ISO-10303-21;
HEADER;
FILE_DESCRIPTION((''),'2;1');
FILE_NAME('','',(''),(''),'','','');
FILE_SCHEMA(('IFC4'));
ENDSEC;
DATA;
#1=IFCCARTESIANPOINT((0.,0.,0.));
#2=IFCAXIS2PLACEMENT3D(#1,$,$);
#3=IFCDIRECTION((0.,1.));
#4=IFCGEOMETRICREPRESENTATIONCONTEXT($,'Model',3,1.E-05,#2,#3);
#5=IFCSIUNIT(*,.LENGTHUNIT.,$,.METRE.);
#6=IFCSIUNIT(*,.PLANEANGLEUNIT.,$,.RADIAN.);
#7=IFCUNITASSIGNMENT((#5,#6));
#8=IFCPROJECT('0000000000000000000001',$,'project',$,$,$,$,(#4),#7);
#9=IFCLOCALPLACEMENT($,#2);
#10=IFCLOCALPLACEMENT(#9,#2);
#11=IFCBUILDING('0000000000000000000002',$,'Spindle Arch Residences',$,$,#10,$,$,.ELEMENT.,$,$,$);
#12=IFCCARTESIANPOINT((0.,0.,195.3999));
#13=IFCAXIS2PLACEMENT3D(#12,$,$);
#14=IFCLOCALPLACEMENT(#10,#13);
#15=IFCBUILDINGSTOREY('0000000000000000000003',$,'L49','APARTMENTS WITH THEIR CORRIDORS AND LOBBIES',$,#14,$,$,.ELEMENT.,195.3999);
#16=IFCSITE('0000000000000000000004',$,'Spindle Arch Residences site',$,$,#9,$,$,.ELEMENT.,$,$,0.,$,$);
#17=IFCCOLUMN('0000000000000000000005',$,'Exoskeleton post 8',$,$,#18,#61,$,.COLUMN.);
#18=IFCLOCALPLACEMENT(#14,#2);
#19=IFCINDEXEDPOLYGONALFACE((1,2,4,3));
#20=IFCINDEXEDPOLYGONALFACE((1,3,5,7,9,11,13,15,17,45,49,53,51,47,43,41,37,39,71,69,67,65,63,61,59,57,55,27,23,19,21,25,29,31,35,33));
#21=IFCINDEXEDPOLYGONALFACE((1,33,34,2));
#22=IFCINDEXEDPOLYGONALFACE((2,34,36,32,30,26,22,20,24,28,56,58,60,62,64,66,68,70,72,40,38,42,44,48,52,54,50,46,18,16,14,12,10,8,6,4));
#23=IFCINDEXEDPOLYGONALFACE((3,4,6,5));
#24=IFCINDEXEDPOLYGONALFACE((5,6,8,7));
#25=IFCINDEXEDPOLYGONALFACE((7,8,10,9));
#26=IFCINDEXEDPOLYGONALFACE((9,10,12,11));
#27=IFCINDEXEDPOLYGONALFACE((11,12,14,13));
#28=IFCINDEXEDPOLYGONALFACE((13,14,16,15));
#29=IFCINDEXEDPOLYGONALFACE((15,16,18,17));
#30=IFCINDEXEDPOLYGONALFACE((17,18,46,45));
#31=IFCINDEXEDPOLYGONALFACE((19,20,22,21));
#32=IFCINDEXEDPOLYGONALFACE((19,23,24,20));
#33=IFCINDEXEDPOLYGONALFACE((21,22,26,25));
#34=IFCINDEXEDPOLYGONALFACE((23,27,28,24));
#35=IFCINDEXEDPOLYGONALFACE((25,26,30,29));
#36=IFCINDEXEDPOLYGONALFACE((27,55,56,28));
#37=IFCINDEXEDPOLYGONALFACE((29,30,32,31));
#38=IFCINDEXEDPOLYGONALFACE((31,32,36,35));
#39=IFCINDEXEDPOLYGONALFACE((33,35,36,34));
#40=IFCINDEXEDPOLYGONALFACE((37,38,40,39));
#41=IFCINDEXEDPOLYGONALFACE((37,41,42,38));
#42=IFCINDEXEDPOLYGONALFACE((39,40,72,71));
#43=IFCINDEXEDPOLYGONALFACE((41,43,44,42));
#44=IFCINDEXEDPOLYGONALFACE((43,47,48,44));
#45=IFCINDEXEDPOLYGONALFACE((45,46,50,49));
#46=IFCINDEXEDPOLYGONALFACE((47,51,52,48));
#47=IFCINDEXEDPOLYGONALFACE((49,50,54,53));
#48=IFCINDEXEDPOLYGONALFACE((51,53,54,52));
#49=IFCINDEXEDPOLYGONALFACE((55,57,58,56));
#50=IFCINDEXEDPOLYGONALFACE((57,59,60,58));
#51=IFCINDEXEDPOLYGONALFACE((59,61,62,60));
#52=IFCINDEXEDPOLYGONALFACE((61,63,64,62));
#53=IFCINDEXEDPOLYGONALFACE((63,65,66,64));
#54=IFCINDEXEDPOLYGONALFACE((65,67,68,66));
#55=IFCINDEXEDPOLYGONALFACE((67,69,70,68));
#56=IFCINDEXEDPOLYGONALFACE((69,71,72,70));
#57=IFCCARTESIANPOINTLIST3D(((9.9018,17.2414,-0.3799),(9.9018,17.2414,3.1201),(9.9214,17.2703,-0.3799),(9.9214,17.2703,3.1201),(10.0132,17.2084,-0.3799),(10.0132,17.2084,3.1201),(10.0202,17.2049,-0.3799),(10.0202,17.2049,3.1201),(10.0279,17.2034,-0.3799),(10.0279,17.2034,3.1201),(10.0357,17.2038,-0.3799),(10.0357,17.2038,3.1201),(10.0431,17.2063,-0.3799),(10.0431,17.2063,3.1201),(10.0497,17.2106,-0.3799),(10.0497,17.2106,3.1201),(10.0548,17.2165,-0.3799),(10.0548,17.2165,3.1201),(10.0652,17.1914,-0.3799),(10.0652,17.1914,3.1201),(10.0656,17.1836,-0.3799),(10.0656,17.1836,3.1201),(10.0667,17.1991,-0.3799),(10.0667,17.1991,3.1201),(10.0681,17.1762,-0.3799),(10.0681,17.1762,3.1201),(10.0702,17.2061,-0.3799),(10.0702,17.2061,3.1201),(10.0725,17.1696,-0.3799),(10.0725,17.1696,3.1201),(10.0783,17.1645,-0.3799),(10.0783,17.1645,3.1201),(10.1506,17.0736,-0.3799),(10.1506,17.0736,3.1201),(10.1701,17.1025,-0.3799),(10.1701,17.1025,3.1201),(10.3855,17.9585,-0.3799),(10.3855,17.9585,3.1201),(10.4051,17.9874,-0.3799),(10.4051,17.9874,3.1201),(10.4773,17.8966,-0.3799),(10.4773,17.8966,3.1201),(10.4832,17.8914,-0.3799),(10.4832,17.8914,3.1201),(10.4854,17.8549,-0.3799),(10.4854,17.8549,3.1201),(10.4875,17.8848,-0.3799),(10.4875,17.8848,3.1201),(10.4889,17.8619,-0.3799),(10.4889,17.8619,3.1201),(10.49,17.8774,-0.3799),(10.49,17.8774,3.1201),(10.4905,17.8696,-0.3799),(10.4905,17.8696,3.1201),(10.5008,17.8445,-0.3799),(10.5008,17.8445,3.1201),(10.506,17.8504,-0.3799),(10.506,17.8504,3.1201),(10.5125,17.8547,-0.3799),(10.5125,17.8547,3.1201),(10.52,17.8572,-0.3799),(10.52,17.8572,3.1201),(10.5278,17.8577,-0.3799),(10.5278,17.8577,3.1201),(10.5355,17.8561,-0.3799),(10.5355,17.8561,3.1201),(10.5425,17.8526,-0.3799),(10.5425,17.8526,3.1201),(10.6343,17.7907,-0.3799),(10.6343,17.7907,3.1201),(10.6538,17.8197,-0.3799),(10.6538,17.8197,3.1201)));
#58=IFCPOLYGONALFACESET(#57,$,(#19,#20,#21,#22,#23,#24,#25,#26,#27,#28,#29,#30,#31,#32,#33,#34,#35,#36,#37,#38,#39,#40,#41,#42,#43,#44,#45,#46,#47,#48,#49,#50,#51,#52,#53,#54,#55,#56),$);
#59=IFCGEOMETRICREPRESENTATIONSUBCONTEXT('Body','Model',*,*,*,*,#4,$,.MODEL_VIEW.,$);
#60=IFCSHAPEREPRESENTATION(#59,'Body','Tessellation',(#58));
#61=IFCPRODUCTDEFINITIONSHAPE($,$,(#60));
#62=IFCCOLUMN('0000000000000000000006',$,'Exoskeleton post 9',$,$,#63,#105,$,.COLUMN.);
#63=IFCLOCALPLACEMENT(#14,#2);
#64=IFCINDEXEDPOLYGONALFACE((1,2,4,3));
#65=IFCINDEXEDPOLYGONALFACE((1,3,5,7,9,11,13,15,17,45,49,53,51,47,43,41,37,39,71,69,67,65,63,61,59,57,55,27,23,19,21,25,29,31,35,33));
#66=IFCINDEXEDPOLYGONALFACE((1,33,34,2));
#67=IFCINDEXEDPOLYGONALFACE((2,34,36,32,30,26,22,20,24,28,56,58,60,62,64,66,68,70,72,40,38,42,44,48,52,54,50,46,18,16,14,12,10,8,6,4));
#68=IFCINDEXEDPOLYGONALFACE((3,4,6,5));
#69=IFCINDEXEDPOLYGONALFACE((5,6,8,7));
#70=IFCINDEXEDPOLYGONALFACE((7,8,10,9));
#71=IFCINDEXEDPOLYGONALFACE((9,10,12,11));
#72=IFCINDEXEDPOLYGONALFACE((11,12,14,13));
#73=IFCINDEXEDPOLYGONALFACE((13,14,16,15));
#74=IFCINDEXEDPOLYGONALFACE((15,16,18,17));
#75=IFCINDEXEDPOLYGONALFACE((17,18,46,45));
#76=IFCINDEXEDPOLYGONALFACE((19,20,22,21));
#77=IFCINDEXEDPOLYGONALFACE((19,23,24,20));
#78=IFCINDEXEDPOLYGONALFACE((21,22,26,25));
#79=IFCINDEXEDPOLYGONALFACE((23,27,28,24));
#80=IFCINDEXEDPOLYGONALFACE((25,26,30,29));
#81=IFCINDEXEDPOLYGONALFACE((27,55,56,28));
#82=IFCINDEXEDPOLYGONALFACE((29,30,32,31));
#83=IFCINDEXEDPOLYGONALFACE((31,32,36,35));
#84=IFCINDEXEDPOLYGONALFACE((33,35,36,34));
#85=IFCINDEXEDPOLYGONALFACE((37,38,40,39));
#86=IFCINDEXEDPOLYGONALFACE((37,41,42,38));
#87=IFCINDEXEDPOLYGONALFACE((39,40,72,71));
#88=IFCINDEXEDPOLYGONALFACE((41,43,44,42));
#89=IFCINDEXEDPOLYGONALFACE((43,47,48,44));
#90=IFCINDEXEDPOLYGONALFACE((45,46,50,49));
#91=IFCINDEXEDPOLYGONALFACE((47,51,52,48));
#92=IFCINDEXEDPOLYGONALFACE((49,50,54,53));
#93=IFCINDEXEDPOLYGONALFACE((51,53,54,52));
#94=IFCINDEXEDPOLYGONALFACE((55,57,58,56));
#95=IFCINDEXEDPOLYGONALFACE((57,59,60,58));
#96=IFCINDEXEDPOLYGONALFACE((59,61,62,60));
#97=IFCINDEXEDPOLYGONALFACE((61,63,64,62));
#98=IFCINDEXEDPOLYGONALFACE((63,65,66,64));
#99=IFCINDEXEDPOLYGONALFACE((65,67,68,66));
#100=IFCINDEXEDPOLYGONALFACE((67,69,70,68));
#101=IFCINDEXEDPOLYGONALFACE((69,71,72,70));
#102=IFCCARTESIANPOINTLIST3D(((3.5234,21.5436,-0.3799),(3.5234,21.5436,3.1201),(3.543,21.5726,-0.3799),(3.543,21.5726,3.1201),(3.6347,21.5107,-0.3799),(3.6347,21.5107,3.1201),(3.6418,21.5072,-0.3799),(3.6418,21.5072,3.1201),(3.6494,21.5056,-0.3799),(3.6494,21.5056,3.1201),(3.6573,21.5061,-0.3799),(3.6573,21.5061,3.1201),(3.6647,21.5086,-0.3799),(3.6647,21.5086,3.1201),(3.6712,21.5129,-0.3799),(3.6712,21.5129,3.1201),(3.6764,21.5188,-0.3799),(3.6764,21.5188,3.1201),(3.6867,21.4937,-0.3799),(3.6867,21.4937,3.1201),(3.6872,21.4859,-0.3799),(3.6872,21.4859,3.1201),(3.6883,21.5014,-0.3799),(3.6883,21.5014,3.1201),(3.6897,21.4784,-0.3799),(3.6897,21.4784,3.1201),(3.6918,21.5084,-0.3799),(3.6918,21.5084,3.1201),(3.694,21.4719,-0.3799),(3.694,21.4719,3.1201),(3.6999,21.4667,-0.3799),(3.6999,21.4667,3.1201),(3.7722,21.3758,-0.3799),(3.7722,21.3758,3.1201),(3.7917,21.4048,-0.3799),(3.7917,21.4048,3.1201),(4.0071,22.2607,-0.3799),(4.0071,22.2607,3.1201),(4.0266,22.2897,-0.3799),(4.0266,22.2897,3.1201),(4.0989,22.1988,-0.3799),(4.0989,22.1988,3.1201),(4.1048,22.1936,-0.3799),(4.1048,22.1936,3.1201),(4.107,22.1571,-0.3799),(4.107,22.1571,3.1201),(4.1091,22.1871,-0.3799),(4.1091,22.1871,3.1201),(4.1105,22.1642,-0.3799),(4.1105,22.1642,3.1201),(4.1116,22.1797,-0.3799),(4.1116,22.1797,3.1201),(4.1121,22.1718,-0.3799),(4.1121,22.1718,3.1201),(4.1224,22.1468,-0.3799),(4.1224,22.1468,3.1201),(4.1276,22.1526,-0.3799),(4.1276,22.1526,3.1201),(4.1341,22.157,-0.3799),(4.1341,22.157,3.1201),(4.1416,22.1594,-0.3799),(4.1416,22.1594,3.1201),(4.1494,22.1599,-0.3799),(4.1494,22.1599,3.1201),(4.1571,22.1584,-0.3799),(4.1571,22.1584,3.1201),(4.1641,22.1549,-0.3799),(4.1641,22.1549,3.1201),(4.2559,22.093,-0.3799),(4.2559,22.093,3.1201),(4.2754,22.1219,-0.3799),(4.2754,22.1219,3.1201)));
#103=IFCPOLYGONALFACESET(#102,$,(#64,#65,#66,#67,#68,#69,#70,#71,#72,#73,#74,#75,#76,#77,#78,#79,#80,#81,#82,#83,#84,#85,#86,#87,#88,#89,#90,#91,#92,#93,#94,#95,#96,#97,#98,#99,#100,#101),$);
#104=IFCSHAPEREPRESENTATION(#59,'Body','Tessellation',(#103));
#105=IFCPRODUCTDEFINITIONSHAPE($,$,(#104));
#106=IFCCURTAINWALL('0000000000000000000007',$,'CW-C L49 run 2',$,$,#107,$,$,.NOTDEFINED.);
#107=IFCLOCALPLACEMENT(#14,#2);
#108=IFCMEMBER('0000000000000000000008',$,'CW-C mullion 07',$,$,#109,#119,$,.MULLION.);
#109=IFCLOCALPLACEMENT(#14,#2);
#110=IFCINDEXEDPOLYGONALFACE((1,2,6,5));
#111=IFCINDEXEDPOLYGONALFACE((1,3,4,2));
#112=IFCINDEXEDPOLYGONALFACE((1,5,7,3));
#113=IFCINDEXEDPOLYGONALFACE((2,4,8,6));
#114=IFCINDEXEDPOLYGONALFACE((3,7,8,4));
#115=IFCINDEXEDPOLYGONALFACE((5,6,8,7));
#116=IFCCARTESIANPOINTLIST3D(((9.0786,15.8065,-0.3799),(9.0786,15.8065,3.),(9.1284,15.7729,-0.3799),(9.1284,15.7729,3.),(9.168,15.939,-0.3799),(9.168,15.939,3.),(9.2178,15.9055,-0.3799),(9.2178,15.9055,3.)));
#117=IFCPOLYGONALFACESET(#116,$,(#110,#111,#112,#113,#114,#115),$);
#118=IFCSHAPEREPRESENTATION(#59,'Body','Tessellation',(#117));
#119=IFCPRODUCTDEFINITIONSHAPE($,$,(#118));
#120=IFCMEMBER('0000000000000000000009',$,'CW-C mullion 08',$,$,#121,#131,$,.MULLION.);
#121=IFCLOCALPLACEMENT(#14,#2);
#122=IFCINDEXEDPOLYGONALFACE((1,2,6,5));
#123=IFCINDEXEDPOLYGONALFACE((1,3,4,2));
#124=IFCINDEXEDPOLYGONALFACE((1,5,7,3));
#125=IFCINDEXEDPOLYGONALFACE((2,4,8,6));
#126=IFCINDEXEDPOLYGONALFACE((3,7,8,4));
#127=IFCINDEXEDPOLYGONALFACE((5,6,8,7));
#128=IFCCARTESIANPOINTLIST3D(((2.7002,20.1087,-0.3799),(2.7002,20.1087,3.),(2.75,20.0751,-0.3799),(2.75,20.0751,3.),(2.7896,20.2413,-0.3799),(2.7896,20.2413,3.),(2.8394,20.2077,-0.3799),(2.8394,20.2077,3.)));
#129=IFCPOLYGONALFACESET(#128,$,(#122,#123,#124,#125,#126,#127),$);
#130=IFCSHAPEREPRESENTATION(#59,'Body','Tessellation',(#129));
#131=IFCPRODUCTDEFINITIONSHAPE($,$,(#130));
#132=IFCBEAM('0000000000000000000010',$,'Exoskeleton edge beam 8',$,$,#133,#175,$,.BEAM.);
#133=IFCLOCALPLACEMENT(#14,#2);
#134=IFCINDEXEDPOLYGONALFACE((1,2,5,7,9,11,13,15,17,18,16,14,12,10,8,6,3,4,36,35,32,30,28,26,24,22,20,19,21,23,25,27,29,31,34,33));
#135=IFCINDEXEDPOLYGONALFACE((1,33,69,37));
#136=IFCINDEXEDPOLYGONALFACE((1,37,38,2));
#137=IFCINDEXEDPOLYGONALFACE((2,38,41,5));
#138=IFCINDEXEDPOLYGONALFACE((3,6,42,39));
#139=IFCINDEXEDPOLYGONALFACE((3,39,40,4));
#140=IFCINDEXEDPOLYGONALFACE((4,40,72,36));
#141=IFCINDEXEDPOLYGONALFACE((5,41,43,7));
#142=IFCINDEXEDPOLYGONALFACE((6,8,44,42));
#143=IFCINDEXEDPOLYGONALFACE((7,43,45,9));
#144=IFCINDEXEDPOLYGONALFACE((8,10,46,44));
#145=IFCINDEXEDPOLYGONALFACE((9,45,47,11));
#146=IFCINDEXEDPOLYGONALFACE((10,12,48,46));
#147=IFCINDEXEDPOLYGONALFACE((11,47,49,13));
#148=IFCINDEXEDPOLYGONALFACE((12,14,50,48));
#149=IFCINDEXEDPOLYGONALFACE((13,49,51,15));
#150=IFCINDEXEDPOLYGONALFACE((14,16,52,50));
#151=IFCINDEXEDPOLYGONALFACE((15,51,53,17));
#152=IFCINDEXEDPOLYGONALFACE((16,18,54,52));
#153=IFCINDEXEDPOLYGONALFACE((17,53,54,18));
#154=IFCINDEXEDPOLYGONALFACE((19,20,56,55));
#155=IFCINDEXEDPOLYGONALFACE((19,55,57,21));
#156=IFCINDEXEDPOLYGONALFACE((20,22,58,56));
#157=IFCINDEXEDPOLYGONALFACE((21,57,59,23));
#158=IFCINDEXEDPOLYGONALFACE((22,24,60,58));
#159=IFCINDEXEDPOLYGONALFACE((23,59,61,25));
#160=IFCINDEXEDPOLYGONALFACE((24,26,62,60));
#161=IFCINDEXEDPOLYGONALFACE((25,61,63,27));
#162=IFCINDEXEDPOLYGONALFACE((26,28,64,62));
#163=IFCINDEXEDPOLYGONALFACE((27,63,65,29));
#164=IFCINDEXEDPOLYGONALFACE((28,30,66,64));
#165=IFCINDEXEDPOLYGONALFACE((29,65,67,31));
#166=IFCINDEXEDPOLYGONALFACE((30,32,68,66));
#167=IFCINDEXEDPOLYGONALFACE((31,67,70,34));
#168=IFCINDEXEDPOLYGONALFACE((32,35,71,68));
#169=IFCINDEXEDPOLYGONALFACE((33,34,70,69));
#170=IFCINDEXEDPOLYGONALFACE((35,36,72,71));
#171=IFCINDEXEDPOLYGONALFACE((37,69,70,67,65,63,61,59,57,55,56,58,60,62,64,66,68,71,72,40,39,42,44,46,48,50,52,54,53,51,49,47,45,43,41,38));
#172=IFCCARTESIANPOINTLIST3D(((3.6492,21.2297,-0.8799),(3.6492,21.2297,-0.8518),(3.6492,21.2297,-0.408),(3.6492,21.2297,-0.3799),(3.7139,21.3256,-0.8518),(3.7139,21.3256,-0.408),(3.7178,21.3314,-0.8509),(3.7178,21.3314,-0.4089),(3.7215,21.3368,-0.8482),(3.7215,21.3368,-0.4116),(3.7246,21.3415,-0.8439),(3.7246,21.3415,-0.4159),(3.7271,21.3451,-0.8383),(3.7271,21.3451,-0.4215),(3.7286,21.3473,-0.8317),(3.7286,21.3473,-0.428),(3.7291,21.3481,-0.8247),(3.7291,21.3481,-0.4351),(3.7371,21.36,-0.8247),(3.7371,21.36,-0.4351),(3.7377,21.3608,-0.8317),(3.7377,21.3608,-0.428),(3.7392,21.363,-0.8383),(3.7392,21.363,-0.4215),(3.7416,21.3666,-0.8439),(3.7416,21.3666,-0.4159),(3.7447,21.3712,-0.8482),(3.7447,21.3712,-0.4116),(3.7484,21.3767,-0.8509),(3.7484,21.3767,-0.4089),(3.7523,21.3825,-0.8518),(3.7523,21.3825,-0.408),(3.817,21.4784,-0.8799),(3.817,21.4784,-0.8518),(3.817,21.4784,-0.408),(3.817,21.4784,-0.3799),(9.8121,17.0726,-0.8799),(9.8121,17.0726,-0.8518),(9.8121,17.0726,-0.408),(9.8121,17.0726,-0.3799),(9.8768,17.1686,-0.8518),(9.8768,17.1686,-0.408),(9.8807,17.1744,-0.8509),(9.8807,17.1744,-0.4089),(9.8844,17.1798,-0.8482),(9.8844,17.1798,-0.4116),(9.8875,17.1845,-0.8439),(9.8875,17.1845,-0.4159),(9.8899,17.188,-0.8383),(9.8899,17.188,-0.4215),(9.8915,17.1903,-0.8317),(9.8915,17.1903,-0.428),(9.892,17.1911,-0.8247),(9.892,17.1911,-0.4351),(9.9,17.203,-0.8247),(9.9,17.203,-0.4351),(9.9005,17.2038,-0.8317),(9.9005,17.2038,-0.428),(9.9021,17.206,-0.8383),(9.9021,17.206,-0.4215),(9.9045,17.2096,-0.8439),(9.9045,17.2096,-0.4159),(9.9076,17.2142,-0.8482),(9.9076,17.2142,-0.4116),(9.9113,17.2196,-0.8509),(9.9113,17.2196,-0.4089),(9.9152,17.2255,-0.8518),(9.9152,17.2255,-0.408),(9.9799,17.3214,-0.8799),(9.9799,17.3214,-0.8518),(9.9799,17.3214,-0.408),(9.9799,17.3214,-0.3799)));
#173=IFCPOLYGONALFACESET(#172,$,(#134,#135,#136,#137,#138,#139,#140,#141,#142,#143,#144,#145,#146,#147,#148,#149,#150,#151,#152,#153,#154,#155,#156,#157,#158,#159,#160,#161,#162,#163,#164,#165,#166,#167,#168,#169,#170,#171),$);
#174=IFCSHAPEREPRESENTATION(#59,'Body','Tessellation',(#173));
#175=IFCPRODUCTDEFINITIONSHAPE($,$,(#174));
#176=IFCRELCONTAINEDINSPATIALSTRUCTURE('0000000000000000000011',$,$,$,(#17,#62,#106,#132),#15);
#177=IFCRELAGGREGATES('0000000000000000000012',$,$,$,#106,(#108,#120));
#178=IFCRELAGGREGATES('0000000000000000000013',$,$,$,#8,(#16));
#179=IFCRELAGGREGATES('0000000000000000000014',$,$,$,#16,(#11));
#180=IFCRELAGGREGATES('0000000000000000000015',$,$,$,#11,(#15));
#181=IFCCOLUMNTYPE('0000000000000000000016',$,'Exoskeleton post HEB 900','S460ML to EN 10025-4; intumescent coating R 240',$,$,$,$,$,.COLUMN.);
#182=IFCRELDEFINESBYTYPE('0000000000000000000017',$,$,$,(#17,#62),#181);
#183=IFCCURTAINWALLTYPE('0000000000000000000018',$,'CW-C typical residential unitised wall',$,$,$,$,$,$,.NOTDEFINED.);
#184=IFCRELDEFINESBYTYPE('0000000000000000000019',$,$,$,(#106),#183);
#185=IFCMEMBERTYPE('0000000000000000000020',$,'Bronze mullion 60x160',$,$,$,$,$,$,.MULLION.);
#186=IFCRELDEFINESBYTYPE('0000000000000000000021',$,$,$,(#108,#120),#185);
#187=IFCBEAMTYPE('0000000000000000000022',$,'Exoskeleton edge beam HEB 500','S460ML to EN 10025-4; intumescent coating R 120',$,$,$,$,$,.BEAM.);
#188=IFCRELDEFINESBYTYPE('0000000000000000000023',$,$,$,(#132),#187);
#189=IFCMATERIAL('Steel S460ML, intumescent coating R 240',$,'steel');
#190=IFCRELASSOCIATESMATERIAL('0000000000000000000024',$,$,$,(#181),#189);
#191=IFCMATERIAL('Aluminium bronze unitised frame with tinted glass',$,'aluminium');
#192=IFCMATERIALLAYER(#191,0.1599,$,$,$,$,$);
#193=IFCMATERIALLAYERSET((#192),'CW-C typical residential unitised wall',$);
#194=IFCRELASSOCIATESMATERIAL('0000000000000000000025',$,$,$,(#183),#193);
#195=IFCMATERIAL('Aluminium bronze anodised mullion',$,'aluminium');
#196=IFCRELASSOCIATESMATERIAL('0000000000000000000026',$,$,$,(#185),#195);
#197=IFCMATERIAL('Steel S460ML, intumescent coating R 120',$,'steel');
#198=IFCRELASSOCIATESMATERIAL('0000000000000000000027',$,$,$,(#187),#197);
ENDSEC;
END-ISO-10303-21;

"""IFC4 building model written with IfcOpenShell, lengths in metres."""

from ifc_helpers import new_model, si_unit, direction, frame, origin, origin_2d, place, context, subcontext, project, spatial, rectangle, i_section, extrude, material, layer, layer_set, material_profile, profile_set, type_object, element, aggregate, save


model = new_model("IFC4")

# Units and contexts
model_context = context("Model", 3, precision=1e-05, world=origin(), true_north=direction((0.0, 1.0)))
body_context = subcontext(model_context, "Body", "Model", "MODEL_VIEW")
ifc_project = project(units=[si_unit("LENGTHUNIT", "METRE"), si_unit("PLANEANGLEUNIT", "RADIAN")], contexts=[model_context])

# Site, building, storey
site_placement = place(None, origin())
site = spatial("IfcSite", under=ifc_project, at=site_placement, Name="Spindle Arch Residences site", CompositionType="ELEMENT", RefElevation=0.0)
building_placement = place(site_placement, origin())
building = spatial("IfcBuilding", under=site, at=building_placement, Name="Spindle Arch Residences", CompositionType="ELEMENT")
storey_placement = place(building_placement, frame((0.0, 0.0, 195.3999)))
storey = spatial("IfcBuildingStorey", under=building, at=storey_placement, Name="L49", Description="APARTMENTS WITH THEIR CORRIDORS AND LOBBIES", CompositionType="ELEMENT", Elevation=195.3999)

# Columns
ifc_material_1 = material(Name="Steel S460ML, intumescent coating R 240", Category="steel")
ifc_material_profile_1 = material_profile(ifc_material_1, i_section(OverallWidth=0.3, OverallDepth=0.8999, WebThickness=0.0186, FlangeThickness=0.0349, FilletRadius=0.03, at=origin_2d()), Name="HEB 900")
ifc_profile_set_1 = profile_set([ifc_material_profile_1], Name="Steel S460ML, intumescent coating R 240")
column_type = type_object("IfcColumnType", Name="Exoskeleton post HEB 900", Description="S460ML to EN 10025-4; intumescent coating R 240", PredefinedType="COLUMN", material=ifc_profile_set_1)
for number, where, z_axis, x_axis, name in (
    (1, (10.2778, 17.5305, -0.3799), (0.0, 0.0, 1.0), (0.829038, -0.559193, 0.0), "Exoskeleton post 8"),
    (2, (3.8994, 21.8328, -0.3799), (0.0, 0.0, 1.0), (0.829038, -0.559193, 0.0), "Exoskeleton post 9"),
):
    element("IfcColumn", number, at=place(storey_placement, frame(where, z_axis=z_axis, x_axis=x_axis)), inside=storey, type_object=column_type, Name=name, PredefinedType="COLUMN", context=body_context, shape_type="SweptSolid", body=[
        extrude(i_section(OverallWidth=0.3, OverallDepth=0.8999, WebThickness=0.0186, FlangeThickness=0.0349, FilletRadius=0.03, at=origin_2d()), origin(), (0.0, 0.0, 1.0), 3.5),
    ])

# Curtain wall, members
ifc_material_2 = material(Name="Aluminium bronze unitised frame with tinted glass", Category="aluminium")
ifc_layer_1 = layer(ifc_material_2, 0.1599)
ifc_layer_set_1 = layer_set([ifc_layer_1], Name="CW-C typical residential unitised wall")
curtain_wall_type = type_object("IfcCurtainWallType", Name="CW-C typical residential unitised wall", PredefinedType="NOTDEFINED", material=ifc_layer_set_1)
curtain_wall_placement = place(storey_placement, origin())
curtain_wall = element("IfcCurtainWall", 3, at=curtain_wall_placement, inside=storey, type_object=curtain_wall_type, Name="CW-C L49 run 2", PredefinedType="NOTDEFINED")
ifc_material_3 = material(Name="Aluminium bronze anodised mullion", Category="aluminium")
ifc_material_profile_2 = material_profile(ifc_material_3, rectangle(XDim=0.1599, YDim=0.0601, at=origin_2d()), Name="MU 60x160")
ifc_profile_set_2 = profile_set([ifc_material_profile_2], Name="Aluminium bronze anodised mullion")
member_type = type_object("IfcMemberType", Name="Bronze mullion 60x160", PredefinedType="MULLION", material=ifc_profile_set_2)
member_1_placement = place(storey_placement, frame((9.1482, 15.856, -0.3799), z_axis=(0.0, 0.0, 1.0), x_axis=(-0.559193, -0.829038, 0.0)))
member_1 = element("IfcMember", 4, at=member_1_placement, type_object=member_type, Name="CW-C mullion 07", PredefinedType="MULLION", context=body_context, shape_type="SweptSolid", body=[
    extrude(rectangle(XDim=0.1599, YDim=0.0601, at=origin_2d()), origin(), (0.0, 0.0, 1.0), 3.3799),
])
member_2_placement = place(storey_placement, frame((2.7698, 20.1582, -0.3799), z_axis=(0.0, 0.0, 1.0), x_axis=(-0.559193, -0.829038, 0.0)))
member_2 = element("IfcMember", 5, at=member_2_placement, type_object=member_type, Name="CW-C mullion 08", PredefinedType="MULLION", context=body_context, shape_type="SweptSolid", body=[
    extrude(rectangle(XDim=0.1599, YDim=0.0601, at=origin_2d()), origin(), (0.0, 0.0, 1.0), 3.3799),
])

# Beam
ifc_material_4 = material(Name="Steel S460ML, intumescent coating R 120", Category="steel")
ifc_material_profile_3 = material_profile(ifc_material_4, i_section(OverallWidth=0.3, OverallDepth=0.5, WebThickness=0.0144, FlangeThickness=0.0281, FilletRadius=0.0271, at=origin_2d()), Name="HEB 500")
ifc_profile_set_3 = profile_set([ifc_material_profile_3], Name="Steel S460ML, intumescent coating R 120")
beam_type_1 = type_object("IfcBeamType", Name="Exoskeleton edge beam HEB 500", Description="S460ML to EN 10025-4; intumescent coating R 120", PredefinedType="BEAM", material=ifc_profile_set_3)
for number, where, z_axis, x_axis, name in (
    (6, (9.896, 17.197, -0.6299), (-0.829032, 0.559202, 0.0), (-0.559202, -0.829032, 0.0), "Exoskeleton edge beam 8"),
):
    element("IfcBeam", number, at=place(storey_placement, frame(where, z_axis=z_axis, x_axis=x_axis)), inside=storey, type_object=beam_type_1, Name=name, PredefinedType="BEAM", context=body_context, shape_type="SweptSolid", body=[
        extrude(i_section(OverallWidth=0.3, OverallDepth=0.5, WebThickness=0.0144, FlangeThickness=0.0281, FilletRadius=0.0271, at=origin_2d()), origin(), (0.0, 0.0, 1.0), 7.4338),
    ])

aggregate(curtain_wall, [member_1, member_2])

save(model, "model.ifc")
